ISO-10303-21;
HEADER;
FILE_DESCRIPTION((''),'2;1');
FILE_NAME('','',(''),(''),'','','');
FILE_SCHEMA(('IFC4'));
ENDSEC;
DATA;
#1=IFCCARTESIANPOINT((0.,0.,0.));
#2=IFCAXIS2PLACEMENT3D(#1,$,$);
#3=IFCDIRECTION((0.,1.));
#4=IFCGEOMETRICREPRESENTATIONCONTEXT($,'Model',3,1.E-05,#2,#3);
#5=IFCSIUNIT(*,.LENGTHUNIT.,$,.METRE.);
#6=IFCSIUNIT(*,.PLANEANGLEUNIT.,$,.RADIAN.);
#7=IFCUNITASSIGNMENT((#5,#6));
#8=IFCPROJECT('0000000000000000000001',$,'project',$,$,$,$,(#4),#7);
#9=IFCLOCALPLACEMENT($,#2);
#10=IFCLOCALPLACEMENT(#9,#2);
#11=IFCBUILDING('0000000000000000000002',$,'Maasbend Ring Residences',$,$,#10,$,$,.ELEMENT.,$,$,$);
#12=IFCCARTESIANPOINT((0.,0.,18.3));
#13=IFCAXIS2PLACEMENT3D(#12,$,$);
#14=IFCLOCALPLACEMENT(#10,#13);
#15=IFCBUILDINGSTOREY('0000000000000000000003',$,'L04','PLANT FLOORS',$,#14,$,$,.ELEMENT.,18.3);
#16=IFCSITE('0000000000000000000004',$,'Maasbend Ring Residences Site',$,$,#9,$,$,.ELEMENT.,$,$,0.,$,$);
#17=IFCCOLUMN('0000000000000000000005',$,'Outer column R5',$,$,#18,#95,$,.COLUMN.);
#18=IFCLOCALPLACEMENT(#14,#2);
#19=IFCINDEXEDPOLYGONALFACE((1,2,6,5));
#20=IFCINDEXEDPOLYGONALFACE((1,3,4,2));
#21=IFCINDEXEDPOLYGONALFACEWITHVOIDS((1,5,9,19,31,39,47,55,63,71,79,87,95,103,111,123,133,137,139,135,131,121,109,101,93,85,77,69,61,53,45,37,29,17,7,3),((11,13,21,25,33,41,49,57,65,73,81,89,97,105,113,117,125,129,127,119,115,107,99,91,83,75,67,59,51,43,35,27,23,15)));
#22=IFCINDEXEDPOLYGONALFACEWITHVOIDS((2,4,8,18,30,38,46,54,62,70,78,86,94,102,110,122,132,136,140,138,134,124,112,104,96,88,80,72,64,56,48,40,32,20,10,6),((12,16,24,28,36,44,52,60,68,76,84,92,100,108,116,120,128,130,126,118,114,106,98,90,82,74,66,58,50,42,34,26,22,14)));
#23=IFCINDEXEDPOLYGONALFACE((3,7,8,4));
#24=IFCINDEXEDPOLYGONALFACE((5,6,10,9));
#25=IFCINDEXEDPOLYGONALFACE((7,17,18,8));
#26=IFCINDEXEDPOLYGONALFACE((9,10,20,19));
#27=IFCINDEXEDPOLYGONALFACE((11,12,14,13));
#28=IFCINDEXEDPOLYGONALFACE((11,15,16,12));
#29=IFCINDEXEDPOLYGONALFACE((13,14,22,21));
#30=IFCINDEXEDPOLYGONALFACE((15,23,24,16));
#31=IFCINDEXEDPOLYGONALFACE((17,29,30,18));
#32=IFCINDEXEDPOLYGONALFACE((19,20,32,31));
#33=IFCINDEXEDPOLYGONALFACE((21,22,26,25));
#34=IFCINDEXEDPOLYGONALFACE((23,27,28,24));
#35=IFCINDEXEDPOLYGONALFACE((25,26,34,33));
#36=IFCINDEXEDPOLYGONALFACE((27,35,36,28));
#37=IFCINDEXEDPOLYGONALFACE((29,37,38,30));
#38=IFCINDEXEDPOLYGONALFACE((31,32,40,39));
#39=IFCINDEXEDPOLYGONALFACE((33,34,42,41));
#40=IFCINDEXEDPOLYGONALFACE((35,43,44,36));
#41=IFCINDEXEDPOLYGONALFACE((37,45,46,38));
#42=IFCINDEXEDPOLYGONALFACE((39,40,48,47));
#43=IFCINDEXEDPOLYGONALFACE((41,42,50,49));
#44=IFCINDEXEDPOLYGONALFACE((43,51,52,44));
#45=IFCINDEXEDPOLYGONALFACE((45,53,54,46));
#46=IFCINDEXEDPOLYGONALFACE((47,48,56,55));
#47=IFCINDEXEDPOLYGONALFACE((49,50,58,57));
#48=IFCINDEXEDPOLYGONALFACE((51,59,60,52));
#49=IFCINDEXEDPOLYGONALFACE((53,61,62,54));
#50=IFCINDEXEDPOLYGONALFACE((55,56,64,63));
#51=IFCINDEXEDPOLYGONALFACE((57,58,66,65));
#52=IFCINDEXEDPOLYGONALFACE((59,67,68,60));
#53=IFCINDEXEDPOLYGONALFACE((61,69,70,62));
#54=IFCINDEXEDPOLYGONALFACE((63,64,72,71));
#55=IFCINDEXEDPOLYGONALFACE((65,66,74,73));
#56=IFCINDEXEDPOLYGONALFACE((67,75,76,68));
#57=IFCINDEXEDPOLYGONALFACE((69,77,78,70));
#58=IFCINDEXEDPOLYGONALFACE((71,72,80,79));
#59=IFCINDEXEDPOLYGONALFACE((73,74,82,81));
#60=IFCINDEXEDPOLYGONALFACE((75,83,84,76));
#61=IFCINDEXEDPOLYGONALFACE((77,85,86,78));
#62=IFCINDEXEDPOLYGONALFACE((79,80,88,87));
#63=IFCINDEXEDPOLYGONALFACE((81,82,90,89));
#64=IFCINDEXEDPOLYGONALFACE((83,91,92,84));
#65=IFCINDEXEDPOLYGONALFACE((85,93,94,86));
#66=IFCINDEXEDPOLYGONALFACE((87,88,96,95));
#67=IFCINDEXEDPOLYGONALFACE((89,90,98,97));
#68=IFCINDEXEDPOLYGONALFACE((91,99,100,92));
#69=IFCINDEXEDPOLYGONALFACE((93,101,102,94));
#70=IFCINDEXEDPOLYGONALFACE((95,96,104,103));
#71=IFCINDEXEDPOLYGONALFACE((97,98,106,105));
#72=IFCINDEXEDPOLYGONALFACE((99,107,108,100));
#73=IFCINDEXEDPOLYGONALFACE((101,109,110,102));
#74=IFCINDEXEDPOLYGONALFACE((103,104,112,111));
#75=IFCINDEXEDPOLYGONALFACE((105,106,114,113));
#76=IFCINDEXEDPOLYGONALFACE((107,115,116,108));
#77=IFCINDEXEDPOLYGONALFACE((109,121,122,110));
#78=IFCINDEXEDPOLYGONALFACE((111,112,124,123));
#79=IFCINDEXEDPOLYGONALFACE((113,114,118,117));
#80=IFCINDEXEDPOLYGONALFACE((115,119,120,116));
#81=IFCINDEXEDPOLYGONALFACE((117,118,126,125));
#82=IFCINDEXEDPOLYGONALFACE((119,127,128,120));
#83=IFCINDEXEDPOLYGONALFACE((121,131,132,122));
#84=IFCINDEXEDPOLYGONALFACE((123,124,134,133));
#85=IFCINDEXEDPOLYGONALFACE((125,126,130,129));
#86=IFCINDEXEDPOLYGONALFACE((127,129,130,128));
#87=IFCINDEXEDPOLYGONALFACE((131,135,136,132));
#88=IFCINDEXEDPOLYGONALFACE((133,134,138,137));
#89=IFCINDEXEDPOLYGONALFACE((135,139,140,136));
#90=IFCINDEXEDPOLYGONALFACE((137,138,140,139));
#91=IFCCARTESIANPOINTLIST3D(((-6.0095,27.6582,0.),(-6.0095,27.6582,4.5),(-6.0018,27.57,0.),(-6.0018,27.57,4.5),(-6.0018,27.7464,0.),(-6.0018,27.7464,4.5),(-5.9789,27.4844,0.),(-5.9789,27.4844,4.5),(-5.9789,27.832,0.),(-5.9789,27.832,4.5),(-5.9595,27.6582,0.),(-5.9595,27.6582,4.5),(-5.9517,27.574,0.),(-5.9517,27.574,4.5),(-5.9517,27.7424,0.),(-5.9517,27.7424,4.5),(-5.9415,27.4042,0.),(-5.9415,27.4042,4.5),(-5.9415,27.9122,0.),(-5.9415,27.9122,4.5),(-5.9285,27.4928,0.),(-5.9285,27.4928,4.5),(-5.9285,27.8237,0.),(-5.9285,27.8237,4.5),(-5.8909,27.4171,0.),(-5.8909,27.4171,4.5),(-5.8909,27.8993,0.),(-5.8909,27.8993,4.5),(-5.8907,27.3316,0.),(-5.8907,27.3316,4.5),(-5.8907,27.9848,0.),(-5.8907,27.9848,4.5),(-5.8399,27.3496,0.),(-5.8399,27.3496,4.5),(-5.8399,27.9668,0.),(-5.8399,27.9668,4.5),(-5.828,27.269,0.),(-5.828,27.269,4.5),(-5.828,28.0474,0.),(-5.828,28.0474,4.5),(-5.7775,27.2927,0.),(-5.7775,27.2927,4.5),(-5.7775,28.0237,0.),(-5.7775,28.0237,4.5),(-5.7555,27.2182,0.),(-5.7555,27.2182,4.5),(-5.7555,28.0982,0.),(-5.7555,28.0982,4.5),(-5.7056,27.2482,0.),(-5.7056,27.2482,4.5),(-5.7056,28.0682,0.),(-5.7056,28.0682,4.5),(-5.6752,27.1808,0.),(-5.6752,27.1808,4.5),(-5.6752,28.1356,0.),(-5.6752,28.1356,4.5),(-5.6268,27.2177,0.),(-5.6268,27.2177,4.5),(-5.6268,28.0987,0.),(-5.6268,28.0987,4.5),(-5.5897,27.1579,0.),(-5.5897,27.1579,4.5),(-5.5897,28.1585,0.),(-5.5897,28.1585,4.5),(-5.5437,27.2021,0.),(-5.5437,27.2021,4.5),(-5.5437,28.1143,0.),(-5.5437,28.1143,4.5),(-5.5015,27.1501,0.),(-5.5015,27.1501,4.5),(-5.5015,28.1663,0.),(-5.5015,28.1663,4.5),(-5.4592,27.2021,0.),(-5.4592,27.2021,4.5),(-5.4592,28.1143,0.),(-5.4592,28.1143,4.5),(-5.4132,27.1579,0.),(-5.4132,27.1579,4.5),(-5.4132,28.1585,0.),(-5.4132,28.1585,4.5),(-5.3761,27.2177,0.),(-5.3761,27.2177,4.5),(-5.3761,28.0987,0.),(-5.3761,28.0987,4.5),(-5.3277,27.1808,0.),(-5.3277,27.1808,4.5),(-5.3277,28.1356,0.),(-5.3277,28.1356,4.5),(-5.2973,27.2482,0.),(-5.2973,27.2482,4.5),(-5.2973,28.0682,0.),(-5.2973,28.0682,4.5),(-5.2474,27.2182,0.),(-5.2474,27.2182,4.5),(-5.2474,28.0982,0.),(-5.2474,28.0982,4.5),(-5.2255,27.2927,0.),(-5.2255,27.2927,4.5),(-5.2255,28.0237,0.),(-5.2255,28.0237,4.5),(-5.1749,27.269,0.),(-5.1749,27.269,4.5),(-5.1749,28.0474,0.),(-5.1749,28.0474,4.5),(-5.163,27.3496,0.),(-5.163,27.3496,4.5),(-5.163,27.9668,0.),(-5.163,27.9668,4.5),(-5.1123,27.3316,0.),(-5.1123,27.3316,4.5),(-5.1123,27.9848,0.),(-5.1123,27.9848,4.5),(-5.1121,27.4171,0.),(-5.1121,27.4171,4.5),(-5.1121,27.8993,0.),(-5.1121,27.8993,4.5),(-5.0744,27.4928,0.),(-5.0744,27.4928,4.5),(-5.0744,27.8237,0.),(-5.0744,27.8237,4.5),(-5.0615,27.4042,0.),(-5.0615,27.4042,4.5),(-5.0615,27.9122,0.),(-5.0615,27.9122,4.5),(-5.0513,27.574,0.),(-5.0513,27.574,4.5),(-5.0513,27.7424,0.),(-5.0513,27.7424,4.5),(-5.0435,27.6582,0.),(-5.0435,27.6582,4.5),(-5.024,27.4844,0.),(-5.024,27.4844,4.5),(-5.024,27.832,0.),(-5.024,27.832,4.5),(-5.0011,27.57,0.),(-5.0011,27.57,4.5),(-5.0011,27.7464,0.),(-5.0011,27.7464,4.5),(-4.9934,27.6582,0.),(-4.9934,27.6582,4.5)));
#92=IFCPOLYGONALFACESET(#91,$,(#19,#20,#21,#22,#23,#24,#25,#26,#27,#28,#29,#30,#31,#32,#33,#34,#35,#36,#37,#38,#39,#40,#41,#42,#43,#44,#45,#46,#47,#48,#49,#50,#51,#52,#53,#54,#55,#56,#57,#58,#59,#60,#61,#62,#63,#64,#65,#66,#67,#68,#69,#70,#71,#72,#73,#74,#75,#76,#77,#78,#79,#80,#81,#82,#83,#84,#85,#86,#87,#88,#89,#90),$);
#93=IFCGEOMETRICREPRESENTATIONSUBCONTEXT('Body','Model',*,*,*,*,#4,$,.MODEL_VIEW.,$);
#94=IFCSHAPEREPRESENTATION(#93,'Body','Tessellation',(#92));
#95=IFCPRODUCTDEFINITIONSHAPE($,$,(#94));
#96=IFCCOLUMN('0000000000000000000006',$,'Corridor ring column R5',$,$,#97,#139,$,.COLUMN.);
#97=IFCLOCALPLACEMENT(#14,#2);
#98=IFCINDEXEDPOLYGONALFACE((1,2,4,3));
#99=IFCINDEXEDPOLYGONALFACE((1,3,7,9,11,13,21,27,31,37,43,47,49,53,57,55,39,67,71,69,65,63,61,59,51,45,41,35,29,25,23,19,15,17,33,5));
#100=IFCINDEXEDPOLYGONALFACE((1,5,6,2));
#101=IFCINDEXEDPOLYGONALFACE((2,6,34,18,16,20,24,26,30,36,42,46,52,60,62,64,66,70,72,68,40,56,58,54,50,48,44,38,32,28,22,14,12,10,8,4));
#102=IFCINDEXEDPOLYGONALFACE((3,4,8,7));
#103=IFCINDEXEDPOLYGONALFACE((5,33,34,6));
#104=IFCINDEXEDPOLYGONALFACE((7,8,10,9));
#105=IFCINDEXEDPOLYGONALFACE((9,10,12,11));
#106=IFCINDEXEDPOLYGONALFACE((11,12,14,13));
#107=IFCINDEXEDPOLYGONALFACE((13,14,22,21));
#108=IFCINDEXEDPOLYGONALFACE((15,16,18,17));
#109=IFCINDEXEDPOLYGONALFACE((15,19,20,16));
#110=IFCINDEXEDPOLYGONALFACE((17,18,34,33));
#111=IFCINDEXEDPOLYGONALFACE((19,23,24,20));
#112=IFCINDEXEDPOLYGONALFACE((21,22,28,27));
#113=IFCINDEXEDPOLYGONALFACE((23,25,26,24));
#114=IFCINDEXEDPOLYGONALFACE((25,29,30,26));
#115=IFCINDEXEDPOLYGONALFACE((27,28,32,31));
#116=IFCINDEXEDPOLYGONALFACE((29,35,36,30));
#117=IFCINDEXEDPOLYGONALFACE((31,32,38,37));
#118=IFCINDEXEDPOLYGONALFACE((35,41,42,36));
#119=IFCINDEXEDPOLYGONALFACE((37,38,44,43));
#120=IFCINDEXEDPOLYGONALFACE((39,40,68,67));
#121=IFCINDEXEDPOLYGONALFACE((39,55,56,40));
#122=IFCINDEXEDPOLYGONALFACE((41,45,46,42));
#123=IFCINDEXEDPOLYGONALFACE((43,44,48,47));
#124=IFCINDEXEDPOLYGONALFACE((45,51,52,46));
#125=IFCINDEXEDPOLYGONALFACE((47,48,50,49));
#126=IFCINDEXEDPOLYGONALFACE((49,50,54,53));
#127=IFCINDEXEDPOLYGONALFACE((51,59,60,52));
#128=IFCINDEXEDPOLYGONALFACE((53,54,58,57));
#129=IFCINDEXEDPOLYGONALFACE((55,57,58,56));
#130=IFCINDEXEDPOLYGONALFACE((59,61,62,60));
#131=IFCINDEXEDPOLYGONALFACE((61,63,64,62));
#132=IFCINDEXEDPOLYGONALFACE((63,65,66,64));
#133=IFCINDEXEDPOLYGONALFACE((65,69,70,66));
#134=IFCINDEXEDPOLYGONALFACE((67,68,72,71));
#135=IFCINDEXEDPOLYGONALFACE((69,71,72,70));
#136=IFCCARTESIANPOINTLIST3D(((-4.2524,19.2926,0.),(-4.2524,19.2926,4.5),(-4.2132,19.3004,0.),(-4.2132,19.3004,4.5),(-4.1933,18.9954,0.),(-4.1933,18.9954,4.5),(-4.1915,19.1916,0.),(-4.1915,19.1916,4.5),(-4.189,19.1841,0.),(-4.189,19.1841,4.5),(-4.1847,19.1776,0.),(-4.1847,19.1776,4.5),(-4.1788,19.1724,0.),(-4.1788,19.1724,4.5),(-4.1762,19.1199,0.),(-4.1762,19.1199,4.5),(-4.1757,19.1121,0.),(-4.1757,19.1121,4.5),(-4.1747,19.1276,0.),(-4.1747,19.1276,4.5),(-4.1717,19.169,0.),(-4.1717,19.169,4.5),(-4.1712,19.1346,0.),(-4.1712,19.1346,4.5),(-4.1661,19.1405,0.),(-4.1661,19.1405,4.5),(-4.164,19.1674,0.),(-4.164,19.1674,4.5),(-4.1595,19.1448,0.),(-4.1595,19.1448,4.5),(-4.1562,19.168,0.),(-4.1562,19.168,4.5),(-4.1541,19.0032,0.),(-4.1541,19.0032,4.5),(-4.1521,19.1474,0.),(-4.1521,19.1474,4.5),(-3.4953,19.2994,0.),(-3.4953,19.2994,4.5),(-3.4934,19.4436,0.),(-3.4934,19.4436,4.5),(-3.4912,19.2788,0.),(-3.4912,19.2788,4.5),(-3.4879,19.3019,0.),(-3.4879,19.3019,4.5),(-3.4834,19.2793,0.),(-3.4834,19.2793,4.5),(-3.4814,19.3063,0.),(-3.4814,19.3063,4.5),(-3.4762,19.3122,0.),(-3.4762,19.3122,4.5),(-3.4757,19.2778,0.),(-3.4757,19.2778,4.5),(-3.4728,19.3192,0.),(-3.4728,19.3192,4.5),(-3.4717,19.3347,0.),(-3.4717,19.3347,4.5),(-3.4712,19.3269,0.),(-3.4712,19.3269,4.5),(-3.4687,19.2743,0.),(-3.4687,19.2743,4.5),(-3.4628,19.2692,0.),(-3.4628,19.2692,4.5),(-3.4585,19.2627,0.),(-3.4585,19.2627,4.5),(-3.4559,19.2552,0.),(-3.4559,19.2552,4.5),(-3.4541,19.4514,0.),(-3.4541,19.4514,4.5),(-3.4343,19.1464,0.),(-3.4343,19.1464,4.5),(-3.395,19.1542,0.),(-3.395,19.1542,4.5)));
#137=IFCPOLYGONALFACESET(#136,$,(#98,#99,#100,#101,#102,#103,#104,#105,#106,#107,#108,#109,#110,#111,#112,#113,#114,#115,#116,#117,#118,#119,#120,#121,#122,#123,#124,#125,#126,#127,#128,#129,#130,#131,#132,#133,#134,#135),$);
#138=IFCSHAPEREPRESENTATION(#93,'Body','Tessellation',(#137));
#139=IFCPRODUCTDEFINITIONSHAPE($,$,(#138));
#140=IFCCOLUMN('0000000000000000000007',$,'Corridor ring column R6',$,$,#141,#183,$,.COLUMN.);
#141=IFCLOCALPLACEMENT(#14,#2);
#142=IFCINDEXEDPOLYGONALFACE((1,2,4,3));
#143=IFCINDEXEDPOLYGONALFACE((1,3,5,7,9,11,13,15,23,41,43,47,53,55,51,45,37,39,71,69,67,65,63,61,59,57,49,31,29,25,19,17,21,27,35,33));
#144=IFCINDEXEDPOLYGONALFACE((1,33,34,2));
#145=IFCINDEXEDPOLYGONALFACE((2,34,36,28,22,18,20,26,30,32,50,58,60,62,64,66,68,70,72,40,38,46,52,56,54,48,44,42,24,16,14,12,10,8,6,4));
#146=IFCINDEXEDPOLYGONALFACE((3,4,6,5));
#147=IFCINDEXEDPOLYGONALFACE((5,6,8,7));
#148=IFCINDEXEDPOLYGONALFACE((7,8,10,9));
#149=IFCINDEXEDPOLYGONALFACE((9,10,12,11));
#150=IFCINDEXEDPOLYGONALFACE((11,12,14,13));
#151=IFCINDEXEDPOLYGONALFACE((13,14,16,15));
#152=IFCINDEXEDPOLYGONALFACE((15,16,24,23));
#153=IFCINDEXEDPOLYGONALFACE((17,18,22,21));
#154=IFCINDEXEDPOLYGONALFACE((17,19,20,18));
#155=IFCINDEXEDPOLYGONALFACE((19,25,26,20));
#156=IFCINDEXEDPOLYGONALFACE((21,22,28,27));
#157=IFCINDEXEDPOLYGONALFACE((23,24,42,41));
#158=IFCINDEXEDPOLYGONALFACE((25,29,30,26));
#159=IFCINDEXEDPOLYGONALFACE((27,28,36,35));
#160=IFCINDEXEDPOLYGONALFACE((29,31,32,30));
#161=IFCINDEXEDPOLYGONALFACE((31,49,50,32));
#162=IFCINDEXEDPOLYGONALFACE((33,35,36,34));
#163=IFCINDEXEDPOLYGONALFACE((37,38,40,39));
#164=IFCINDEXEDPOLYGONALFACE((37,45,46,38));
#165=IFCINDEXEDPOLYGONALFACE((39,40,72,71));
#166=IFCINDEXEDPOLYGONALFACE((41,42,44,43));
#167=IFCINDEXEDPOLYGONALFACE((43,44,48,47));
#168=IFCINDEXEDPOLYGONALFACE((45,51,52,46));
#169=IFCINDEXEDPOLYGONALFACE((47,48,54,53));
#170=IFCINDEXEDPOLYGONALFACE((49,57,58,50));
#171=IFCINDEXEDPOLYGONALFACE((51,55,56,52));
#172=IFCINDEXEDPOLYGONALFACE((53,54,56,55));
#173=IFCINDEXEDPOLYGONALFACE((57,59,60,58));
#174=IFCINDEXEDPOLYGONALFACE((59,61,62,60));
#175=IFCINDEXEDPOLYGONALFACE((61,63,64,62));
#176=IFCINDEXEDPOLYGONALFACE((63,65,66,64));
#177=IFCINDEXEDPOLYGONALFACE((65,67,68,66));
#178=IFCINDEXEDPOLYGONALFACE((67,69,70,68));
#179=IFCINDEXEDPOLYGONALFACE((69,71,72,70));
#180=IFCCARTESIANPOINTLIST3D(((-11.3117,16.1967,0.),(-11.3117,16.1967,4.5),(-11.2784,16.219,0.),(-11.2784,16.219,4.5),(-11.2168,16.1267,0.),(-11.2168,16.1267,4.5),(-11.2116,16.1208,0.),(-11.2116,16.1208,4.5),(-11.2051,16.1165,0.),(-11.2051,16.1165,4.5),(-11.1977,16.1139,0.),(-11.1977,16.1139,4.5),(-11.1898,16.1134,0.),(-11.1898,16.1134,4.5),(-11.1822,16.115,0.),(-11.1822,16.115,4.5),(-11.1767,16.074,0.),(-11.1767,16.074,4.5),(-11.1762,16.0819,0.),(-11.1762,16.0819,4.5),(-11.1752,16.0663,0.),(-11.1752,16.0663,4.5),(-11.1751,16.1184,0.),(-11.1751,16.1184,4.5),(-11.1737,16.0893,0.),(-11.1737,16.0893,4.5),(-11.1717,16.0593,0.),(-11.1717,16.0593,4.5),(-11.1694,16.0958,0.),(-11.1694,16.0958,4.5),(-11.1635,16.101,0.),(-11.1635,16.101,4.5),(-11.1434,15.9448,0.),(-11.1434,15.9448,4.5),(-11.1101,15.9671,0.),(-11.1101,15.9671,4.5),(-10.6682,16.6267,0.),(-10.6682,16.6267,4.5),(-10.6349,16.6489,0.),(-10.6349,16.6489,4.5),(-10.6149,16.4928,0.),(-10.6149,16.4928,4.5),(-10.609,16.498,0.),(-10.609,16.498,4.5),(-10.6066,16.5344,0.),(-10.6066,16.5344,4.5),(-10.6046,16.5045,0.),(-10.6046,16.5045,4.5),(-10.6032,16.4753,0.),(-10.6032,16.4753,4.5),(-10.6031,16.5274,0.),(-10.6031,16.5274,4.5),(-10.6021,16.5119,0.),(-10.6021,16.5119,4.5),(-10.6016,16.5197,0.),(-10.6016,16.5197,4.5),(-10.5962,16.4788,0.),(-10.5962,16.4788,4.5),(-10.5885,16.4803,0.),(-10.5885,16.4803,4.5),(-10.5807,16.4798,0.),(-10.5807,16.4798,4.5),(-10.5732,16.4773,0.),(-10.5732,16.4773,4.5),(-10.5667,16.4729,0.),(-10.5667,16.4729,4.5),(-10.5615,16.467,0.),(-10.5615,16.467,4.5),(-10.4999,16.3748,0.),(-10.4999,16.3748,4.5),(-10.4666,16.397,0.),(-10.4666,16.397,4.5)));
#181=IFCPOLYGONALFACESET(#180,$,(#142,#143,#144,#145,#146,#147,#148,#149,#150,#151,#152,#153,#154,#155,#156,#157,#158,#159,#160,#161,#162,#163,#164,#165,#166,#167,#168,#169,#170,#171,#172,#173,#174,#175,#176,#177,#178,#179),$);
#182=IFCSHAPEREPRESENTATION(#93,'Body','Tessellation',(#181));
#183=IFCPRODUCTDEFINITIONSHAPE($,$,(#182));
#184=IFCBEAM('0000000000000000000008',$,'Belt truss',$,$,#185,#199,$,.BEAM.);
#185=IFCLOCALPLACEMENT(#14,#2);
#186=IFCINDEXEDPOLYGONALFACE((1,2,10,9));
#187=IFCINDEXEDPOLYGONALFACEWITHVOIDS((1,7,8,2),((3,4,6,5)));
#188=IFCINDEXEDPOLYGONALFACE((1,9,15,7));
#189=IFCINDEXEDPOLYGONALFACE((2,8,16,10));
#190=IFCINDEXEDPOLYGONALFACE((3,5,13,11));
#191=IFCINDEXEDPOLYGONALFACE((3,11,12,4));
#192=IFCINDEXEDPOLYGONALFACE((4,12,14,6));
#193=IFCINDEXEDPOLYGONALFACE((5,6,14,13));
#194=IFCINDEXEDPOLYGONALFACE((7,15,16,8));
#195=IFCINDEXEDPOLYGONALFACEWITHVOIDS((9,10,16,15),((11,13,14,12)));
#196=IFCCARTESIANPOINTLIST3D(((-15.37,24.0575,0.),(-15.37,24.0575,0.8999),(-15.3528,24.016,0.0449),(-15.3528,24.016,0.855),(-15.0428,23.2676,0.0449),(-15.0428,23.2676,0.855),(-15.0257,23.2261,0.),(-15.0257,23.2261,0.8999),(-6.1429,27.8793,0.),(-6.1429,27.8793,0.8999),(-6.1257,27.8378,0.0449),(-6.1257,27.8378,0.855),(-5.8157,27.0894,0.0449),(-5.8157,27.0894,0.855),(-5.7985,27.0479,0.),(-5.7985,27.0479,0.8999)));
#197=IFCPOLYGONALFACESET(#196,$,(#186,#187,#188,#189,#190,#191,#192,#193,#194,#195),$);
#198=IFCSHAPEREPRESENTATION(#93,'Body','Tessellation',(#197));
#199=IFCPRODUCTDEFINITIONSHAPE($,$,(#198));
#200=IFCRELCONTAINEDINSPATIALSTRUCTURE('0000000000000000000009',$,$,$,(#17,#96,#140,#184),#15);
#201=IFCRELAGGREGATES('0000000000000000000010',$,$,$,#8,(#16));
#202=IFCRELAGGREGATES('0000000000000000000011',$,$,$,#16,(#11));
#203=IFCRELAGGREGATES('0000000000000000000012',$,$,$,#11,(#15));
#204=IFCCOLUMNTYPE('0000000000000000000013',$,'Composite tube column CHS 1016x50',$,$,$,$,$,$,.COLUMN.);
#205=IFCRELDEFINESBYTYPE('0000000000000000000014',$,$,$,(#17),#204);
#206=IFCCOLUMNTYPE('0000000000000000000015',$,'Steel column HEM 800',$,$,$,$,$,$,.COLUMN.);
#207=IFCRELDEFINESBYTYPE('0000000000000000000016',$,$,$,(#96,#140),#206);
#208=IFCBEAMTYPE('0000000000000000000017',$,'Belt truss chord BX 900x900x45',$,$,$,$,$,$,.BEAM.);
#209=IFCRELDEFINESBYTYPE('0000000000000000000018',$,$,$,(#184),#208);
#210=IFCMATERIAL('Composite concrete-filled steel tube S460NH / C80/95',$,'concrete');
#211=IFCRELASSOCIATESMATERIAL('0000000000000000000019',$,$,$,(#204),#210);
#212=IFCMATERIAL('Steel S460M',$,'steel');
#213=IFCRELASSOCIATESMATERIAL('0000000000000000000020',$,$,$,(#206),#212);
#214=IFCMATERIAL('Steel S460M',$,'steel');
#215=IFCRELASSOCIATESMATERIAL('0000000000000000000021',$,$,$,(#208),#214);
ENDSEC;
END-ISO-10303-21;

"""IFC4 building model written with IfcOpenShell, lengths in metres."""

from ifc_helpers import new_model, si_unit, direction, frame, origin, origin_2d, place, context, subcontext, project, spatial, hollow_rectangle, hollow_circle, i_section, extrude, material, material_profile, profile_set, type_object, element, save


model = new_model("IFC4")

# Units and contexts
model_context = context("Model", 3, precision=1e-05, world=origin(), true_north=direction((0.0, 1.0)))
body_context = subcontext(model_context, "Body", "Model", "MODEL_VIEW")
ifc_project = project(units=[si_unit("LENGTHUNIT", "METRE"), si_unit("PLANEANGLEUNIT", "RADIAN")], contexts=[model_context])

# Site, building, storey
site_placement = place(None, origin())
site = spatial("IfcSite", under=ifc_project, at=site_placement, Name="Maasbend Ring Residences Site", CompositionType="ELEMENT", RefElevation=0.0)
building_placement = place(site_placement, origin())
building = spatial("IfcBuilding", under=site, at=building_placement, Name="Maasbend Ring Residences", CompositionType="ELEMENT")
storey_placement = place(building_placement, frame((0.0, 0.0, 18.3)))
storey = spatial("IfcBuildingStorey", under=building, at=storey_placement, Name="L04", Description="PLANT FLOORS", CompositionType="ELEMENT", Elevation=18.3)

# Columns
ifc_material_1 = material(Name="Composite concrete-filled steel tube S460NH / C80/95", Category="concrete")
ifc_material_profile_1 = material_profile(ifc_material_1, hollow_circle(Radius=0.5081, WallThickness=0.05, at=origin_2d()), Name="Composite tube column CHS 1016x50")
ifc_profile_set_1 = profile_set([ifc_material_profile_1], Name="Composite concrete-filled steel tube S460NH / C80/95")
column_type_1 = type_object("IfcColumnType", Name="Composite tube column CHS 1016x50", PredefinedType="COLUMN", material=ifc_profile_set_1)
column_placement = place(storey_placement, frame((-5.5015, 27.6582, 0.0), z_axis=(0.0, 0.0, 1.0), x_axis=(1.0, 0.0, 0.0)))
element("IfcColumn", 1, at=column_placement, inside=storey, type_object=column_type_1, Name="Outer column R5", PredefinedType="COLUMN", context=body_context, shape_type="SweptSolid", body=[
    extrude(hollow_circle(Radius=0.5081, WallThickness=0.05, at=origin_2d()), origin(), (0.0, 0.0, 1.0), 4.5),
])
ifc_material_2 = material(Name="Steel S460M", Category="steel")
ifc_material_profile_2 = material_profile(ifc_material_2, i_section(OverallWidth=0.303, OverallDepth=0.814, WebThickness=0.021, FlangeThickness=0.04, FilletRadius=0.03, at=origin_2d()), Name="HEM 800")
ifc_profile_set_2 = profile_set([ifc_material_profile_2], Name="Steel S460M")
column_type_2 = type_object("IfcColumnType", Name="Steel column HEM 800", PredefinedType="COLUMN", material=ifc_profile_set_2)
for number, where, z_axis, x_axis, name in (
    (2, (-3.8237, 19.2234, 0.0), (0.0, 0.0, 1.0), (-0.19509, 0.980785, 0.0), "Corridor ring column R5"),
    (3, (-10.8892, 16.2969, 0.0), (0.0, 0.0, 1.0), (-0.55557, 0.83147, 0.0), "Corridor ring column R6"),
):
    element("IfcColumn", number, at=place(storey_placement, frame(where, z_axis=z_axis, x_axis=x_axis)), inside=storey, type_object=column_type_2, Name=name, PredefinedType="COLUMN", context=body_context, shape_type="SweptSolid", body=[
        extrude(i_section(OverallWidth=0.303, OverallDepth=0.814, WebThickness=0.021, FlangeThickness=0.04, FilletRadius=0.03, at=origin_2d()), origin(), (0.0, 0.0, 1.0), 4.5),
    ])

# Beam
ifc_material_3 = material(Name="Steel S460M", Category="steel")
ifc_material_profile_3 = material_profile(ifc_material_3, hollow_rectangle(XDim=0.8999, YDim=0.8999, WallThickness=0.0449, at=origin_2d()), Name="Belt truss chord BX 900x900x45")
ifc_profile_set_3 = profile_set([ifc_material_profile_3], Name="Steel S460M")
beam_type_1 = type_object("IfcBeamType", Name="Belt truss chord BX 900x900x45", PredefinedType="BEAM", material=ifc_profile_set_3)
for number, where, z_axis, x_axis, name in (
    (4, (-5.9707, 27.4636, 0.45), (-0.923886, -0.382667, 0.0), (0.382667, -0.923886, 0.0), "Belt truss"),
):
    element("IfcBeam", number, at=place(storey_placement, frame(where, z_axis=z_axis, x_axis=x_axis)), inside=storey, type_object=beam_type_1, Name=name, PredefinedType="BEAM", context=body_context, shape_type="SweptSolid", body=[
        extrude(hollow_rectangle(XDim=0.8999, YDim=0.8999, WallThickness=0.0449, at=origin_2d()), origin(), (0.0, 0.0, 1.0), 9.9873),
    ])

save(model, "model.ifc")
